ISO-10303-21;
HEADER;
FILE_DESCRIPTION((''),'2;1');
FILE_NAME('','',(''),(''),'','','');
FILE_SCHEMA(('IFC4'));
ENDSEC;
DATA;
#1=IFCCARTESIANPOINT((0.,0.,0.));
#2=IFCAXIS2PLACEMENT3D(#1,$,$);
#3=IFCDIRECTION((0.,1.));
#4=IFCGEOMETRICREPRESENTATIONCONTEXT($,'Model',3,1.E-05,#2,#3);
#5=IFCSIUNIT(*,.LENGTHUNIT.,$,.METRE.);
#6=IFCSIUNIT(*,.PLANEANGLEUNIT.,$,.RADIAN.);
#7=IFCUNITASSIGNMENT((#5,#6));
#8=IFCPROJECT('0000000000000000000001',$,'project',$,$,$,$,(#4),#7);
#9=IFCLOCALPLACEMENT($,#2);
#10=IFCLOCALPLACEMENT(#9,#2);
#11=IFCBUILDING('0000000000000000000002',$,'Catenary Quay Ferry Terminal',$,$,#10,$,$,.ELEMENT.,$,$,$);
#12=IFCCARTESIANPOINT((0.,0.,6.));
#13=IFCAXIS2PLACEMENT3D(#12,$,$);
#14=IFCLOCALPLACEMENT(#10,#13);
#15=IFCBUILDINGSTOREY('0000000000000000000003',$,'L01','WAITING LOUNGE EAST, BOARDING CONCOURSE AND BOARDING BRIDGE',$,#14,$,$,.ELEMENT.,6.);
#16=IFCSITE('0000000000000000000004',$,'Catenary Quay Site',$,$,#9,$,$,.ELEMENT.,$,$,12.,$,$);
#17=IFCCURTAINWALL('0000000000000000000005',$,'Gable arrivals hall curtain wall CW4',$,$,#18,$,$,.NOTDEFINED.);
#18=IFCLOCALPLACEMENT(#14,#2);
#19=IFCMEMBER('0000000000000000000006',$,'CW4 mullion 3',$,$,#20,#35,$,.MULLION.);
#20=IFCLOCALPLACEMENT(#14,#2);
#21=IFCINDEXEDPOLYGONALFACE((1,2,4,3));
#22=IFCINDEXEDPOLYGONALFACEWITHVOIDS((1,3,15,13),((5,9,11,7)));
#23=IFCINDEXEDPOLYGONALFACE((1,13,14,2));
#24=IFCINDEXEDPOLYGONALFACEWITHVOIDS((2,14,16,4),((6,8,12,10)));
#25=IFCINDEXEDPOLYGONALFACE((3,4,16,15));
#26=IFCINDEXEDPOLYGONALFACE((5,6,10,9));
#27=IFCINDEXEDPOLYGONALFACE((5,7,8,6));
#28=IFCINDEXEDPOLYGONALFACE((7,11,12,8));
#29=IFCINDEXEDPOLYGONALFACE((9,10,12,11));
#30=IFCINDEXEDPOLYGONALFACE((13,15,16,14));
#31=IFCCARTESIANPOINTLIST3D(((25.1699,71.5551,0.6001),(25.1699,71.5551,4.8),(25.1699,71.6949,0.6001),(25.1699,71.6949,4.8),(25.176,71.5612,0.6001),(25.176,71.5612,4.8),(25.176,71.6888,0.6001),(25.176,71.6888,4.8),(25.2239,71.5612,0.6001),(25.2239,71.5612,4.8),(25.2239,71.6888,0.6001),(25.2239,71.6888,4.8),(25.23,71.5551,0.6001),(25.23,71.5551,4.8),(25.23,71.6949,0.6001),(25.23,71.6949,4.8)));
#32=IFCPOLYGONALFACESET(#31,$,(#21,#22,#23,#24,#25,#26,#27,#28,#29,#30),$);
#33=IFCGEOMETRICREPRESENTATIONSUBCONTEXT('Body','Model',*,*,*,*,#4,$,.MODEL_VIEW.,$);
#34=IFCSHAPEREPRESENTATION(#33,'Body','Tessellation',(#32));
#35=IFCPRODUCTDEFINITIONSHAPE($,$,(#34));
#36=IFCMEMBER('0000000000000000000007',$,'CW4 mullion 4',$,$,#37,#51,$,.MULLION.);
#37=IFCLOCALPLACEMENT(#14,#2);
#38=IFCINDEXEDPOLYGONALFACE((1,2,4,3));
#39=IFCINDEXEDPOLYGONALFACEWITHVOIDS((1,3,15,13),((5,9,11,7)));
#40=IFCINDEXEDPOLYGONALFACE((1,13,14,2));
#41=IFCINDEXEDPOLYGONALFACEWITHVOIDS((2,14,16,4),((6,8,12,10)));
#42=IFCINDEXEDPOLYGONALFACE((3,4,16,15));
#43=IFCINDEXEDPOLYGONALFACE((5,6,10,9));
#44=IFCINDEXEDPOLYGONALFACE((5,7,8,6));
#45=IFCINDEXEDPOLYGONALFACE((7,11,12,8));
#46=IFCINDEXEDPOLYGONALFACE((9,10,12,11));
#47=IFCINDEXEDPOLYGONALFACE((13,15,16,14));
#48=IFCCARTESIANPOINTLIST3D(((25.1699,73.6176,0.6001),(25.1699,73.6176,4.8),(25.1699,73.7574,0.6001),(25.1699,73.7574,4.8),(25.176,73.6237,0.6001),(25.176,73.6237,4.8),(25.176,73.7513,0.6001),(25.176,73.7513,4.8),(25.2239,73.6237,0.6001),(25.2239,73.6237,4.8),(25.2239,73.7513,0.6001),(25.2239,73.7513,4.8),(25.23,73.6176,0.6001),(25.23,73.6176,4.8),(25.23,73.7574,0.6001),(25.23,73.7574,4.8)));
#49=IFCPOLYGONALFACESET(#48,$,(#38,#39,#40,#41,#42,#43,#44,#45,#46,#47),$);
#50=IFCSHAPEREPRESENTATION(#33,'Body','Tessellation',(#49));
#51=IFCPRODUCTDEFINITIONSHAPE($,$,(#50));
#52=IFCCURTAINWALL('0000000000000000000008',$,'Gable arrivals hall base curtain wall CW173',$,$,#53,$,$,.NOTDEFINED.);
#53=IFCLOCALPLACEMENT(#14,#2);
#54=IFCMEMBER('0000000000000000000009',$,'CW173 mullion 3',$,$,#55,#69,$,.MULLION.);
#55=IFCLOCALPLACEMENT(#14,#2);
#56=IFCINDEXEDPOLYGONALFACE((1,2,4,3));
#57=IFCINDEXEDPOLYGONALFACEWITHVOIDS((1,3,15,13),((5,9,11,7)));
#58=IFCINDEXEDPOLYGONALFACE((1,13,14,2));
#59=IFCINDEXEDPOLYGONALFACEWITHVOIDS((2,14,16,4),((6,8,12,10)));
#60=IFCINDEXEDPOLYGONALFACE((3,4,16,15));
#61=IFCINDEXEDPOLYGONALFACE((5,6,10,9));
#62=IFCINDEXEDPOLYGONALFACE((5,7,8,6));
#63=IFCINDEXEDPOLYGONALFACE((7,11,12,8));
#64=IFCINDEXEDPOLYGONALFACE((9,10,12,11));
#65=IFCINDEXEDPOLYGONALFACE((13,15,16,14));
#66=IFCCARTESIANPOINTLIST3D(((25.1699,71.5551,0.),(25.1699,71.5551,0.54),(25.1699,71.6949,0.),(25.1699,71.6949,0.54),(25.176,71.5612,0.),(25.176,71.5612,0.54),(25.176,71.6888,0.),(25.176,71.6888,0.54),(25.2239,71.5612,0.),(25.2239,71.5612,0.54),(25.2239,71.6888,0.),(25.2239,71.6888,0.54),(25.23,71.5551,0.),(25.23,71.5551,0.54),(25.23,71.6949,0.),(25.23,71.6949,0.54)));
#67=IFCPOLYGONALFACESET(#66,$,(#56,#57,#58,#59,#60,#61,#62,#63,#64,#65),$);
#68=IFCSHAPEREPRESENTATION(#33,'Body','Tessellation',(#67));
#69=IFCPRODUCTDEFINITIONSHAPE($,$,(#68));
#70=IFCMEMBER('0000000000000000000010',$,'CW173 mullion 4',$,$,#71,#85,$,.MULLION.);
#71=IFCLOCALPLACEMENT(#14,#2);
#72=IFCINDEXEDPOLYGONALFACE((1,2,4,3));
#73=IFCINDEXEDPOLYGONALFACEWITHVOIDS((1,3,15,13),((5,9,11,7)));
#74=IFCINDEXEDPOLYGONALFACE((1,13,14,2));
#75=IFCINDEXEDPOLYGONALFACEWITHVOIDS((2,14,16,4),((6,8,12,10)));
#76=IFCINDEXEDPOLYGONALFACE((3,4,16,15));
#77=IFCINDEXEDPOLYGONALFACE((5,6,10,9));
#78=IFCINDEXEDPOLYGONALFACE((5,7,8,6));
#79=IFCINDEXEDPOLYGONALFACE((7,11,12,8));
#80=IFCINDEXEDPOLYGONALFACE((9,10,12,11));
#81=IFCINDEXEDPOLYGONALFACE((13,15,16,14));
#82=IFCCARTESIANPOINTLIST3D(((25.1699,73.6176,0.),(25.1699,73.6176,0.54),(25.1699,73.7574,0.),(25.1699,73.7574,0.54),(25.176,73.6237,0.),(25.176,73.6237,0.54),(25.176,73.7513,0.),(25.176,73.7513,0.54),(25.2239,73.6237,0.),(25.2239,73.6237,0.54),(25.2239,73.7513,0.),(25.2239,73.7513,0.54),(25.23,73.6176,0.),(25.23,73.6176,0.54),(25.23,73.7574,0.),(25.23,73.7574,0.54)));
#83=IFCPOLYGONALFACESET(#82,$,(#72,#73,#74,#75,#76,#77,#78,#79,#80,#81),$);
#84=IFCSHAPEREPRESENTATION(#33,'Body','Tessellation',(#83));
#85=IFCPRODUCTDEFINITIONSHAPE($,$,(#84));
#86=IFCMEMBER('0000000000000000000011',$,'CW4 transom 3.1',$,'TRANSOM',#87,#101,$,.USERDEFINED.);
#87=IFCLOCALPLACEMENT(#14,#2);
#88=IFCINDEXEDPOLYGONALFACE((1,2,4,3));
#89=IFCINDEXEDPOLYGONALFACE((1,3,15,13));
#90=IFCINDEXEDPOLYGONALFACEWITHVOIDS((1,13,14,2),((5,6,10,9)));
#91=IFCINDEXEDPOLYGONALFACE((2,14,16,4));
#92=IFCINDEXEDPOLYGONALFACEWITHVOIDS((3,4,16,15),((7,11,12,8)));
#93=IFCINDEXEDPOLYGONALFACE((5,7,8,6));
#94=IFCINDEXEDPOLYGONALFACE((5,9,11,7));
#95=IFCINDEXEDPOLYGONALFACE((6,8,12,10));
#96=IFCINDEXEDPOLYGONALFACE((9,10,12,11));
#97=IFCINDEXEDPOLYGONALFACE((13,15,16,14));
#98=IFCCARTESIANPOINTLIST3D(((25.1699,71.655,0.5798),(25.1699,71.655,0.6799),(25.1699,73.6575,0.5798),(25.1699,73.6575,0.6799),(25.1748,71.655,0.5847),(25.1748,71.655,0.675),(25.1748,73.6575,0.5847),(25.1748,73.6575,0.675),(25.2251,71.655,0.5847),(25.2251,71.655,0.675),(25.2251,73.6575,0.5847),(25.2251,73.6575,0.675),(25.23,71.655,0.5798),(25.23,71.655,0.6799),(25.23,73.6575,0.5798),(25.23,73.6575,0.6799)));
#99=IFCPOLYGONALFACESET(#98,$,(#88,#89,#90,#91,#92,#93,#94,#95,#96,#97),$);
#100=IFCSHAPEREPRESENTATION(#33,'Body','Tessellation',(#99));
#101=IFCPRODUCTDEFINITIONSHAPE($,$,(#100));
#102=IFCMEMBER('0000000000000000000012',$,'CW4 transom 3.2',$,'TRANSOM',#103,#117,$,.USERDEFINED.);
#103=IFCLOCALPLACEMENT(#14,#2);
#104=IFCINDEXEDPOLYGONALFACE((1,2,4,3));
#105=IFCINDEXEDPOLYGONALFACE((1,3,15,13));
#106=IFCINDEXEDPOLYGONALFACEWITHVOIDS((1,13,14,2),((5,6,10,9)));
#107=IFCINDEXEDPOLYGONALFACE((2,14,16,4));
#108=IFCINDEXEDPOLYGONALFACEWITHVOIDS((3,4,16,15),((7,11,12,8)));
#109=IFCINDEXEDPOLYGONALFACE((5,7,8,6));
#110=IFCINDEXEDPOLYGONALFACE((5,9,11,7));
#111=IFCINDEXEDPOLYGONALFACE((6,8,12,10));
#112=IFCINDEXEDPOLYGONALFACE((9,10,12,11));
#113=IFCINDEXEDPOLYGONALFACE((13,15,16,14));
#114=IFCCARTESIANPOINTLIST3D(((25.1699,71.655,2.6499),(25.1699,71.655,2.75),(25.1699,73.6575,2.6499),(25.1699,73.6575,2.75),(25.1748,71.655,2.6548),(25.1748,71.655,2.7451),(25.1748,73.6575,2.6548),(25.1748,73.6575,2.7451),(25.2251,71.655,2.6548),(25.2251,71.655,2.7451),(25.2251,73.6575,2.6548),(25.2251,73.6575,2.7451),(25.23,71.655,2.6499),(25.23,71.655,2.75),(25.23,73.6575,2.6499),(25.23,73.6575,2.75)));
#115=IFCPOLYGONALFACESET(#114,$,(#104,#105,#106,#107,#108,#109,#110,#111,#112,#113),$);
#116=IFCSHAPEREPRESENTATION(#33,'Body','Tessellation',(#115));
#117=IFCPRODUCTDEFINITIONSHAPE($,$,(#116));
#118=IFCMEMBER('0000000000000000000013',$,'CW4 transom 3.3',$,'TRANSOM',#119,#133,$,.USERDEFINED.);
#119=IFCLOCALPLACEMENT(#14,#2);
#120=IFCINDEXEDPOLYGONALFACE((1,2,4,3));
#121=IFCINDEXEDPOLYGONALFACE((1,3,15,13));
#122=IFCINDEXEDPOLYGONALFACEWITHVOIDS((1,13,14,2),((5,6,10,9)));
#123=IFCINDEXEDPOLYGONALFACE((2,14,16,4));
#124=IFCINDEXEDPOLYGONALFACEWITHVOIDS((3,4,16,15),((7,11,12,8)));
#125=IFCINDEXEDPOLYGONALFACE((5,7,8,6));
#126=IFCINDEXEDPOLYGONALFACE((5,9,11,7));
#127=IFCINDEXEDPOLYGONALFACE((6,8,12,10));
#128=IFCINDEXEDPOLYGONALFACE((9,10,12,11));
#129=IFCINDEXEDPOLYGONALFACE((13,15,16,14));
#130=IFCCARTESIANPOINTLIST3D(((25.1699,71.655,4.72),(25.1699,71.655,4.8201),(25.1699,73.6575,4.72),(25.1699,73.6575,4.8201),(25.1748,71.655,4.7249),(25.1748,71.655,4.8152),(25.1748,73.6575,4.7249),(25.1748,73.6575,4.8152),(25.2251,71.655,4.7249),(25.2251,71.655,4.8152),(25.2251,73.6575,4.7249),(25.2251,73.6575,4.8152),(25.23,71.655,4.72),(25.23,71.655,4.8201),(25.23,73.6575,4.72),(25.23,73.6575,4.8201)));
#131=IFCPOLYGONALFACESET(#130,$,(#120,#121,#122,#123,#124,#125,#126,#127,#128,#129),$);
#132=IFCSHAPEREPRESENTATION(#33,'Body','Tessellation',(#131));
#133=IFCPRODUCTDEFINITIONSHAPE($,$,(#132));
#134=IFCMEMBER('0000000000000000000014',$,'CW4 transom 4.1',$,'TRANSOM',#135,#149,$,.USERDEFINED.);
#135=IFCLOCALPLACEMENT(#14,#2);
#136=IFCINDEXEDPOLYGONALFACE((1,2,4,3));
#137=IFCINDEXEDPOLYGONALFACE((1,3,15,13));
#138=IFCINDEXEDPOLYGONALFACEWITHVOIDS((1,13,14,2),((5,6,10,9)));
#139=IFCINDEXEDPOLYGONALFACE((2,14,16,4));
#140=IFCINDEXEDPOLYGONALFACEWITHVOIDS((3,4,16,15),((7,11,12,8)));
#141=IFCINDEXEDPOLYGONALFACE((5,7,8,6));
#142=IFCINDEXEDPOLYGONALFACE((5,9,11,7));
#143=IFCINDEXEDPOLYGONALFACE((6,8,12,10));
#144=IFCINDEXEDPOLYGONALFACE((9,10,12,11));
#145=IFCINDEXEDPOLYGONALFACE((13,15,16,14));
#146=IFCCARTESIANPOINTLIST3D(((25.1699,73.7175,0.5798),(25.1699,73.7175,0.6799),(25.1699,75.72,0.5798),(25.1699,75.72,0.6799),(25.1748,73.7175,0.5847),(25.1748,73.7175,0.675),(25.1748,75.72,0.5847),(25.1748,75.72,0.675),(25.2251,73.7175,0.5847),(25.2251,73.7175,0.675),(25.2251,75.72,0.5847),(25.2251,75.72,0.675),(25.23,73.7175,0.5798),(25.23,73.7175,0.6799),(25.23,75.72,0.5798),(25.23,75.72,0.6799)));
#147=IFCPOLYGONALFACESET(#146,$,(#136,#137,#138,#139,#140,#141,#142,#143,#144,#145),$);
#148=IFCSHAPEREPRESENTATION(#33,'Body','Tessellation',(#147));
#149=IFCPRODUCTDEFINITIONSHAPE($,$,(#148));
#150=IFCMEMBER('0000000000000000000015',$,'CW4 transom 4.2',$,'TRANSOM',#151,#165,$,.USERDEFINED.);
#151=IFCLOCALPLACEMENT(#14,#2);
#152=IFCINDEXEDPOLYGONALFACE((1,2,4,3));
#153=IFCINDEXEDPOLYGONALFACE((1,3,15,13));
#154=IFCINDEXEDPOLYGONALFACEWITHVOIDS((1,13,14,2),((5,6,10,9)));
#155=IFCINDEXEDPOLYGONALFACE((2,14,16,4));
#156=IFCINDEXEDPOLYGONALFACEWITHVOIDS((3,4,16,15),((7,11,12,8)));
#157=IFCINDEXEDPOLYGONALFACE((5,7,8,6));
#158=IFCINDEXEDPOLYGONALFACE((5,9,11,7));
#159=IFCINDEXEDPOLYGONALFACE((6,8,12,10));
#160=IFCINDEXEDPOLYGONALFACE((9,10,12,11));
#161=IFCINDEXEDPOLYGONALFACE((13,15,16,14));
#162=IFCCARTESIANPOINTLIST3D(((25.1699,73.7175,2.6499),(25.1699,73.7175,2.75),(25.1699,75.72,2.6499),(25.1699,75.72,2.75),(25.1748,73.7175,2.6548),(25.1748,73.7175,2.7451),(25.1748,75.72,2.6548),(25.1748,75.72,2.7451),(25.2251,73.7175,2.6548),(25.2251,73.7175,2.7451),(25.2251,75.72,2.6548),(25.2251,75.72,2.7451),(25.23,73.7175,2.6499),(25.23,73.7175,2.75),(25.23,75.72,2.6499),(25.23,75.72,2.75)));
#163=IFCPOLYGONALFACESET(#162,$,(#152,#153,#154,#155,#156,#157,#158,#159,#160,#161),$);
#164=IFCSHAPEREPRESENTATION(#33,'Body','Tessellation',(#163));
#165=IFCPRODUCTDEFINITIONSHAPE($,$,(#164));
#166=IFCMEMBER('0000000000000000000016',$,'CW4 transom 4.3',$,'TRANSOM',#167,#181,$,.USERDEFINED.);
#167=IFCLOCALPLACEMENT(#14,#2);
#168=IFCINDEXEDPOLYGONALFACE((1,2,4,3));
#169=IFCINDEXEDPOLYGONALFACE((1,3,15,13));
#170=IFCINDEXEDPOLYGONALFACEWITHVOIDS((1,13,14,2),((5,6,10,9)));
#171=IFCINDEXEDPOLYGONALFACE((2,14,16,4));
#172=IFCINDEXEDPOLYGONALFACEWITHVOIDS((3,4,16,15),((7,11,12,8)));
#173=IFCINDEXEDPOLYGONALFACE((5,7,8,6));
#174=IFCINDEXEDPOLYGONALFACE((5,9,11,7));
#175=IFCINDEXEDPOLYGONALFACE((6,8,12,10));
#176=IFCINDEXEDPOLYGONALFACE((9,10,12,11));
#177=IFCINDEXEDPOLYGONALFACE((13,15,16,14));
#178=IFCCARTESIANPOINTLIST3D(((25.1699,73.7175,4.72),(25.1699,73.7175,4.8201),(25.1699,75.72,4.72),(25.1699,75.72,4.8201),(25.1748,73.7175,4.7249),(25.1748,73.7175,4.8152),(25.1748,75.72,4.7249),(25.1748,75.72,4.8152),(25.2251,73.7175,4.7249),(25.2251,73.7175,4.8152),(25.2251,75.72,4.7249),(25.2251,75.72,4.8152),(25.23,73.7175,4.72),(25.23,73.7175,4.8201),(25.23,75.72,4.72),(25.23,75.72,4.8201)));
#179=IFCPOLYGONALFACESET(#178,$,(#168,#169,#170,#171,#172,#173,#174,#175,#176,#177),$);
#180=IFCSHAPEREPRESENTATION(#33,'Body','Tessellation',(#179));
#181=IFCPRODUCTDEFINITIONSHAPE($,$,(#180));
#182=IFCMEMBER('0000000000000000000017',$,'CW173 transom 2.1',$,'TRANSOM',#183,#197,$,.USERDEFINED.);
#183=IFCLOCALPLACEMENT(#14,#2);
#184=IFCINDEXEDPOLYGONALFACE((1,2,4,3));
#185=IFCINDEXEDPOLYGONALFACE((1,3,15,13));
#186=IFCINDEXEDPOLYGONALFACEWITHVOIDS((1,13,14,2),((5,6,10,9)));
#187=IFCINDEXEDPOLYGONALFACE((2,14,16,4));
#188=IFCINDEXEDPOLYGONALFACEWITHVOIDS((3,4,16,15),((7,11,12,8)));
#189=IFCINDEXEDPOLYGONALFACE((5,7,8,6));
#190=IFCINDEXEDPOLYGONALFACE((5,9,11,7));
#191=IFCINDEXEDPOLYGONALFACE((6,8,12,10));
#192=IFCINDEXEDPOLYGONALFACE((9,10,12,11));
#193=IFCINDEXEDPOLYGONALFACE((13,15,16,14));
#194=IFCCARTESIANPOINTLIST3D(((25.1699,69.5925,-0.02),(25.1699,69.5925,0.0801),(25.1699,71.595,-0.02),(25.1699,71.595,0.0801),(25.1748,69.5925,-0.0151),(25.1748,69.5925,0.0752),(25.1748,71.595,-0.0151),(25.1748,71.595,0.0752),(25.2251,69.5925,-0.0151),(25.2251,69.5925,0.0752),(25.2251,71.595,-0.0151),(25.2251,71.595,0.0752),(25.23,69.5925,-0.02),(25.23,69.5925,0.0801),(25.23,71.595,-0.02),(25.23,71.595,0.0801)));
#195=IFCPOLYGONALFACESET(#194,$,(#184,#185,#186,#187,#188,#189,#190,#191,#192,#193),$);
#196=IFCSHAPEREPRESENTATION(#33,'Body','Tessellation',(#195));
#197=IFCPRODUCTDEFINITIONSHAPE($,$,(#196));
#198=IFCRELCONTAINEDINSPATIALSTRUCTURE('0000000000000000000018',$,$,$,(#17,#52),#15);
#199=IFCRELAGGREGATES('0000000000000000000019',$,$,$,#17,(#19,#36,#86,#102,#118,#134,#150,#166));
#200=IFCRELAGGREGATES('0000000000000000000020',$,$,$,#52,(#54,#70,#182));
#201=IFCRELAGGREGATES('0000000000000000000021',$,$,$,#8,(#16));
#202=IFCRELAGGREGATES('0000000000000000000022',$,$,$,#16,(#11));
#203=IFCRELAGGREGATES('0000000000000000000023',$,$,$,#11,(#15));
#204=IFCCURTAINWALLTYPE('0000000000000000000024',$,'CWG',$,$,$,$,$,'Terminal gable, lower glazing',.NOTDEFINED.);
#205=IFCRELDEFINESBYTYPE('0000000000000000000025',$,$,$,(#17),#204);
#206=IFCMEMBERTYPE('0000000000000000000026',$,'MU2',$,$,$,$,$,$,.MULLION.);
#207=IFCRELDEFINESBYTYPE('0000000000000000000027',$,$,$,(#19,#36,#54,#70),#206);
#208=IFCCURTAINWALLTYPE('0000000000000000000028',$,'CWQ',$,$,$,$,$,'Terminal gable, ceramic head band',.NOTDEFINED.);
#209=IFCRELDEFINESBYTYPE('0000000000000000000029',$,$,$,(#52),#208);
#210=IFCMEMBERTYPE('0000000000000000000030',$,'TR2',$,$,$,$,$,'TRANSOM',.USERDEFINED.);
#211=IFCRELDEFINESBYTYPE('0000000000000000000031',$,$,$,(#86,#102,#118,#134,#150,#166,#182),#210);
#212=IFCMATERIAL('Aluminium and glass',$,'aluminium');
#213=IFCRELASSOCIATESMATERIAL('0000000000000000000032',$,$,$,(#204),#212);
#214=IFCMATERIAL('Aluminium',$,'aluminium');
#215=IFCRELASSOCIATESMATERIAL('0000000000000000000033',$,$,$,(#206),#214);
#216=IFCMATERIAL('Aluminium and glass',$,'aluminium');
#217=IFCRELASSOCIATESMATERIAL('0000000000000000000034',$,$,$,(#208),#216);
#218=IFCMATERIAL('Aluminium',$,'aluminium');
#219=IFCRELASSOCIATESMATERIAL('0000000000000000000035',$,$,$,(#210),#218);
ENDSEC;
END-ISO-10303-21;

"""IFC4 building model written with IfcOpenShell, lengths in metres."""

from ifc_helpers import new_model, si_unit, direction, frame, origin, origin_2d, place, context, subcontext, project, spatial, hollow_rectangle, extrude, material, material_profile, profile_set, type_object, element, aggregate, save


model = new_model("IFC4")

# Units and contexts
model_context = context("Model", 3, precision=1e-05, world=origin(), true_north=direction((0.0, 1.0)))
body_context = subcontext(model_context, "Body", "Model", "MODEL_VIEW")
ifc_project = project(units=[si_unit("LENGTHUNIT", "METRE"), si_unit("PLANEANGLEUNIT", "RADIAN")], contexts=[model_context])

# Site, building, storey
site_placement = place(None, origin())
site = spatial("IfcSite", under=ifc_project, at=site_placement, Name="Catenary Quay Site", CompositionType="ELEMENT", RefElevation=12.0)
building_placement = place(site_placement, origin())
building = spatial("IfcBuilding", under=site, at=building_placement, Name="Catenary Quay Ferry Terminal", CompositionType="ELEMENT")
storey_placement = place(building_placement, frame((0.0, 0.0, 6.0)))
storey = spatial("IfcBuildingStorey", under=building, at=storey_placement, Name="L01", Description="WAITING LOUNGE EAST, BOARDING CONCOURSE AND BOARDING BRIDGE", CompositionType="ELEMENT", Elevation=6.0)

# Curtain walls, members
ifc_material_1 = material(Name="Aluminium and glass", Category="aluminium")
curtain_wall_type_1 = type_object("IfcCurtainWallType", Name="CWG", ElementType="Terminal gable, lower glazing", PredefinedType="NOTDEFINED", material=ifc_material_1)
curtain_wall_1_placement = place(storey_placement, origin())
curtain_wall_1 = element("IfcCurtainWall", 1, at=curtain_wall_1_placement, inside=storey, type_object=curtain_wall_type_1, Name="Gable arrivals hall curtain wall CW4", PredefinedType="NOTDEFINED")
ifc_material_2 = material(Name="Aluminium", Category="aluminium")
ifc_material_profile_1 = material_profile(ifc_material_2, hollow_rectangle(XDim=0.0601, YDim=0.1399, WallThickness=0.0061, at=origin_2d()), Name="MU2")
ifc_profile_set_1 = profile_set([ifc_material_profile_1], Name="Aluminium")
member_type_1 = type_object("IfcMemberType", Name="MU2", PredefinedType="MULLION", material=ifc_profile_set_1)
member_1_placement = place(storey_placement, frame((25.2, 71.625, 0.6001), z_axis=(0.0, 0.0, 1.0), x_axis=(-1.0, 0.0, 0.0)))
member_1 = element("IfcMember", 2, at=member_1_placement, type_object=member_type_1, Name="CW4 mullion 3", PredefinedType="MULLION", context=body_context, shape_type="SweptSolid", body=[
    extrude(hollow_rectangle(XDim=0.0601, YDim=0.1399, WallThickness=0.0061, at=origin_2d()), origin(), (0.0, 0.0, 1.0), 4.2),
])
member_2_placement = place(storey_placement, frame((25.2, 73.6875, 0.6001), z_axis=(0.0, 0.0, 1.0), x_axis=(-1.0, 0.0, 0.0)))
member_2 = element("IfcMember", 3, at=member_2_placement, type_object=member_type_1, Name="CW4 mullion 4", PredefinedType="MULLION", context=body_context, shape_type="SweptSolid", body=[
    extrude(hollow_rectangle(XDim=0.0601, YDim=0.1399, WallThickness=0.0061, at=origin_2d()), origin(), (0.0, 0.0, 1.0), 4.2),
])
ifc_material_3 = material(Name="Aluminium and glass", Category="aluminium")
curtain_wall_type_2 = type_object("IfcCurtainWallType", Name="CWQ", ElementType="Terminal gable, ceramic head band", PredefinedType="NOTDEFINED", material=ifc_material_3)
curtain_wall_2_placement = place(storey_placement, origin())
curtain_wall_2 = element("IfcCurtainWall", 4, at=curtain_wall_2_placement, inside=storey, type_object=curtain_wall_type_2, Name="Gable arrivals hall base curtain wall CW173", PredefinedType="NOTDEFINED")
member_3_placement = place(storey_placement, frame((25.2, 71.625, 0.0), z_axis=(0.0, 0.0, 1.0), x_axis=(-1.0, 0.0, 0.0)))
member_3 = element("IfcMember", 5, at=member_3_placement, type_object=member_type_1, Name="CW173 mullion 3", PredefinedType="MULLION", context=body_context, shape_type="SweptSolid", body=[
    extrude(hollow_rectangle(XDim=0.0601, YDim=0.1399, WallThickness=0.0061, at=origin_2d()), origin(), (0.0, 0.0, 1.0), 0.54),
])
member_4_placement = place(storey_placement, frame((25.2, 73.6875, 0.0), z_axis=(0.0, 0.0, 1.0), x_axis=(-1.0, 0.0, 0.0)))
member_4 = element("IfcMember", 6, at=member_4_placement, type_object=member_type_1, Name="CW173 mullion 4", PredefinedType="MULLION", context=body_context, shape_type="SweptSolid", body=[
    extrude(hollow_rectangle(XDim=0.0601, YDim=0.1399, WallThickness=0.0061, at=origin_2d()), origin(), (0.0, 0.0, 1.0), 0.54),
])

# Members
ifc_material_4 = material(Name="Aluminium", Category="aluminium")
ifc_material_profile_2 = material_profile(ifc_material_4, hollow_rectangle(XDim=0.0601, YDim=0.1001, WallThickness=0.0049, at=origin_2d()), Name="TR2")
ifc_profile_set_2 = profile_set([ifc_material_profile_2], Name="Aluminium")
member_type_2 = type_object("IfcMemberType", Name="TR2", ElementType="TRANSOM", PredefinedType="USERDEFINED", material=ifc_profile_set_2)
member_5_placement = place(storey_placement, frame((25.2, 71.655, 0.6299), z_axis=(0.0, 1.0, 0.0), x_axis=(-1.0, 0.0, 0.0)))
member_5 = element("IfcMember", 7, at=member_5_placement, type_object=member_type_2, Name="CW4 transom 3.1", ObjectType="TRANSOM", PredefinedType="USERDEFINED", context=body_context, shape_type="SweptSolid", body=[
    extrude(hollow_rectangle(XDim=0.0601, YDim=0.1001, WallThickness=0.0049, at=origin_2d()), origin(), (0.0, 0.0, 1.0), 2.0024),
])
member_6_placement = place(storey_placement, frame((25.2, 71.655, 2.7), z_axis=(0.0, 1.0, 0.0), x_axis=(-1.0, 0.0, 0.0)))
member_6 = element("IfcMember", 8, at=member_6_placement, type_object=member_type_2, Name="CW4 transom 3.2", ObjectType="TRANSOM", PredefinedType="USERDEFINED", context=body_context, shape_type="SweptSolid", body=[
    extrude(hollow_rectangle(XDim=0.0601, YDim=0.1001, WallThickness=0.0049, at=origin_2d()), origin(), (0.0, 0.0, 1.0), 2.0024),
])
member_7_placement = place(storey_placement, frame((25.2, 71.655, 4.77), z_axis=(0.0, 1.0, 0.0), x_axis=(-1.0, 0.0, 0.0)))
member_7 = element("IfcMember", 9, at=member_7_placement, type_object=member_type_2, Name="CW4 transom 3.3", ObjectType="TRANSOM", PredefinedType="USERDEFINED", context=body_context, shape_type="SweptSolid", body=[
    extrude(hollow_rectangle(XDim=0.0601, YDim=0.1001, WallThickness=0.0049, at=origin_2d()), origin(), (0.0, 0.0, 1.0), 2.0024),
])
member_8_placement = place(storey_placement, frame((25.2, 73.7175, 0.6299), z_axis=(0.0, 1.0, 0.0), x_axis=(-1.0, 0.0, 0.0)))
member_8 = element("IfcMember", 10, at=member_8_placement, type_object=member_type_2, Name="CW4 transom 4.1", ObjectType="TRANSOM", PredefinedType="USERDEFINED", context=body_context, shape_type="SweptSolid", body=[
    extrude(hollow_rectangle(XDim=0.0601, YDim=0.1001, WallThickness=0.0049, at=origin_2d()), origin(), (0.0, 0.0, 1.0), 2.0024),
])
member_9_placement = place(storey_placement, frame((25.2, 73.7175, 2.7), z_axis=(0.0, 1.0, 0.0), x_axis=(-1.0, 0.0, 0.0)))
member_9 = element("IfcMember", 11, at=member_9_placement, type_object=member_type_2, Name="CW4 transom 4.2", ObjectType="TRANSOM", PredefinedType="USERDEFINED", context=body_context, shape_type="SweptSolid", body=[
    extrude(hollow_rectangle(XDim=0.0601, YDim=0.1001, WallThickness=0.0049, at=origin_2d()), origin(), (0.0, 0.0, 1.0), 2.0024),
])
member_10_placement = place(storey_placement, frame((25.2, 73.7175, 4.77), z_axis=(0.0, 1.0, 0.0), x_axis=(-1.0, 0.0, 0.0)))
member_10 = element("IfcMember", 12, at=member_10_placement, type_object=member_type_2, Name="CW4 transom 4.3", ObjectType="TRANSOM", PredefinedType="USERDEFINED", context=body_context, shape_type="SweptSolid", body=[
    extrude(hollow_rectangle(XDim=0.0601, YDim=0.1001, WallThickness=0.0049, at=origin_2d()), origin(), (0.0, 0.0, 1.0), 2.0024),
])
member_11_placement = place(storey_placement, frame((25.2, 69.5925, 0.03), z_axis=(0.0, 1.0, 0.0), x_axis=(-1.0, 0.0, 0.0)))
member_11 = element("IfcMember", 13, at=member_11_placement, type_object=member_type_2, Name="CW173 transom 2.1", ObjectType="TRANSOM", PredefinedType="USERDEFINED", context=body_context, shape_type="SweptSolid", body=[
    extrude(hollow_rectangle(XDim=0.0601, YDim=0.1001, WallThickness=0.0049, at=origin_2d()), origin(), (0.0, 0.0, 1.0), 2.0024),
])

aggregate(curtain_wall_1, [member_1, member_2, member_5, member_6, member_7, member_8, member_9, member_10])
aggregate(curtain_wall_2, [member_3, member_4, member_11])

save(model, "model.ifc")
